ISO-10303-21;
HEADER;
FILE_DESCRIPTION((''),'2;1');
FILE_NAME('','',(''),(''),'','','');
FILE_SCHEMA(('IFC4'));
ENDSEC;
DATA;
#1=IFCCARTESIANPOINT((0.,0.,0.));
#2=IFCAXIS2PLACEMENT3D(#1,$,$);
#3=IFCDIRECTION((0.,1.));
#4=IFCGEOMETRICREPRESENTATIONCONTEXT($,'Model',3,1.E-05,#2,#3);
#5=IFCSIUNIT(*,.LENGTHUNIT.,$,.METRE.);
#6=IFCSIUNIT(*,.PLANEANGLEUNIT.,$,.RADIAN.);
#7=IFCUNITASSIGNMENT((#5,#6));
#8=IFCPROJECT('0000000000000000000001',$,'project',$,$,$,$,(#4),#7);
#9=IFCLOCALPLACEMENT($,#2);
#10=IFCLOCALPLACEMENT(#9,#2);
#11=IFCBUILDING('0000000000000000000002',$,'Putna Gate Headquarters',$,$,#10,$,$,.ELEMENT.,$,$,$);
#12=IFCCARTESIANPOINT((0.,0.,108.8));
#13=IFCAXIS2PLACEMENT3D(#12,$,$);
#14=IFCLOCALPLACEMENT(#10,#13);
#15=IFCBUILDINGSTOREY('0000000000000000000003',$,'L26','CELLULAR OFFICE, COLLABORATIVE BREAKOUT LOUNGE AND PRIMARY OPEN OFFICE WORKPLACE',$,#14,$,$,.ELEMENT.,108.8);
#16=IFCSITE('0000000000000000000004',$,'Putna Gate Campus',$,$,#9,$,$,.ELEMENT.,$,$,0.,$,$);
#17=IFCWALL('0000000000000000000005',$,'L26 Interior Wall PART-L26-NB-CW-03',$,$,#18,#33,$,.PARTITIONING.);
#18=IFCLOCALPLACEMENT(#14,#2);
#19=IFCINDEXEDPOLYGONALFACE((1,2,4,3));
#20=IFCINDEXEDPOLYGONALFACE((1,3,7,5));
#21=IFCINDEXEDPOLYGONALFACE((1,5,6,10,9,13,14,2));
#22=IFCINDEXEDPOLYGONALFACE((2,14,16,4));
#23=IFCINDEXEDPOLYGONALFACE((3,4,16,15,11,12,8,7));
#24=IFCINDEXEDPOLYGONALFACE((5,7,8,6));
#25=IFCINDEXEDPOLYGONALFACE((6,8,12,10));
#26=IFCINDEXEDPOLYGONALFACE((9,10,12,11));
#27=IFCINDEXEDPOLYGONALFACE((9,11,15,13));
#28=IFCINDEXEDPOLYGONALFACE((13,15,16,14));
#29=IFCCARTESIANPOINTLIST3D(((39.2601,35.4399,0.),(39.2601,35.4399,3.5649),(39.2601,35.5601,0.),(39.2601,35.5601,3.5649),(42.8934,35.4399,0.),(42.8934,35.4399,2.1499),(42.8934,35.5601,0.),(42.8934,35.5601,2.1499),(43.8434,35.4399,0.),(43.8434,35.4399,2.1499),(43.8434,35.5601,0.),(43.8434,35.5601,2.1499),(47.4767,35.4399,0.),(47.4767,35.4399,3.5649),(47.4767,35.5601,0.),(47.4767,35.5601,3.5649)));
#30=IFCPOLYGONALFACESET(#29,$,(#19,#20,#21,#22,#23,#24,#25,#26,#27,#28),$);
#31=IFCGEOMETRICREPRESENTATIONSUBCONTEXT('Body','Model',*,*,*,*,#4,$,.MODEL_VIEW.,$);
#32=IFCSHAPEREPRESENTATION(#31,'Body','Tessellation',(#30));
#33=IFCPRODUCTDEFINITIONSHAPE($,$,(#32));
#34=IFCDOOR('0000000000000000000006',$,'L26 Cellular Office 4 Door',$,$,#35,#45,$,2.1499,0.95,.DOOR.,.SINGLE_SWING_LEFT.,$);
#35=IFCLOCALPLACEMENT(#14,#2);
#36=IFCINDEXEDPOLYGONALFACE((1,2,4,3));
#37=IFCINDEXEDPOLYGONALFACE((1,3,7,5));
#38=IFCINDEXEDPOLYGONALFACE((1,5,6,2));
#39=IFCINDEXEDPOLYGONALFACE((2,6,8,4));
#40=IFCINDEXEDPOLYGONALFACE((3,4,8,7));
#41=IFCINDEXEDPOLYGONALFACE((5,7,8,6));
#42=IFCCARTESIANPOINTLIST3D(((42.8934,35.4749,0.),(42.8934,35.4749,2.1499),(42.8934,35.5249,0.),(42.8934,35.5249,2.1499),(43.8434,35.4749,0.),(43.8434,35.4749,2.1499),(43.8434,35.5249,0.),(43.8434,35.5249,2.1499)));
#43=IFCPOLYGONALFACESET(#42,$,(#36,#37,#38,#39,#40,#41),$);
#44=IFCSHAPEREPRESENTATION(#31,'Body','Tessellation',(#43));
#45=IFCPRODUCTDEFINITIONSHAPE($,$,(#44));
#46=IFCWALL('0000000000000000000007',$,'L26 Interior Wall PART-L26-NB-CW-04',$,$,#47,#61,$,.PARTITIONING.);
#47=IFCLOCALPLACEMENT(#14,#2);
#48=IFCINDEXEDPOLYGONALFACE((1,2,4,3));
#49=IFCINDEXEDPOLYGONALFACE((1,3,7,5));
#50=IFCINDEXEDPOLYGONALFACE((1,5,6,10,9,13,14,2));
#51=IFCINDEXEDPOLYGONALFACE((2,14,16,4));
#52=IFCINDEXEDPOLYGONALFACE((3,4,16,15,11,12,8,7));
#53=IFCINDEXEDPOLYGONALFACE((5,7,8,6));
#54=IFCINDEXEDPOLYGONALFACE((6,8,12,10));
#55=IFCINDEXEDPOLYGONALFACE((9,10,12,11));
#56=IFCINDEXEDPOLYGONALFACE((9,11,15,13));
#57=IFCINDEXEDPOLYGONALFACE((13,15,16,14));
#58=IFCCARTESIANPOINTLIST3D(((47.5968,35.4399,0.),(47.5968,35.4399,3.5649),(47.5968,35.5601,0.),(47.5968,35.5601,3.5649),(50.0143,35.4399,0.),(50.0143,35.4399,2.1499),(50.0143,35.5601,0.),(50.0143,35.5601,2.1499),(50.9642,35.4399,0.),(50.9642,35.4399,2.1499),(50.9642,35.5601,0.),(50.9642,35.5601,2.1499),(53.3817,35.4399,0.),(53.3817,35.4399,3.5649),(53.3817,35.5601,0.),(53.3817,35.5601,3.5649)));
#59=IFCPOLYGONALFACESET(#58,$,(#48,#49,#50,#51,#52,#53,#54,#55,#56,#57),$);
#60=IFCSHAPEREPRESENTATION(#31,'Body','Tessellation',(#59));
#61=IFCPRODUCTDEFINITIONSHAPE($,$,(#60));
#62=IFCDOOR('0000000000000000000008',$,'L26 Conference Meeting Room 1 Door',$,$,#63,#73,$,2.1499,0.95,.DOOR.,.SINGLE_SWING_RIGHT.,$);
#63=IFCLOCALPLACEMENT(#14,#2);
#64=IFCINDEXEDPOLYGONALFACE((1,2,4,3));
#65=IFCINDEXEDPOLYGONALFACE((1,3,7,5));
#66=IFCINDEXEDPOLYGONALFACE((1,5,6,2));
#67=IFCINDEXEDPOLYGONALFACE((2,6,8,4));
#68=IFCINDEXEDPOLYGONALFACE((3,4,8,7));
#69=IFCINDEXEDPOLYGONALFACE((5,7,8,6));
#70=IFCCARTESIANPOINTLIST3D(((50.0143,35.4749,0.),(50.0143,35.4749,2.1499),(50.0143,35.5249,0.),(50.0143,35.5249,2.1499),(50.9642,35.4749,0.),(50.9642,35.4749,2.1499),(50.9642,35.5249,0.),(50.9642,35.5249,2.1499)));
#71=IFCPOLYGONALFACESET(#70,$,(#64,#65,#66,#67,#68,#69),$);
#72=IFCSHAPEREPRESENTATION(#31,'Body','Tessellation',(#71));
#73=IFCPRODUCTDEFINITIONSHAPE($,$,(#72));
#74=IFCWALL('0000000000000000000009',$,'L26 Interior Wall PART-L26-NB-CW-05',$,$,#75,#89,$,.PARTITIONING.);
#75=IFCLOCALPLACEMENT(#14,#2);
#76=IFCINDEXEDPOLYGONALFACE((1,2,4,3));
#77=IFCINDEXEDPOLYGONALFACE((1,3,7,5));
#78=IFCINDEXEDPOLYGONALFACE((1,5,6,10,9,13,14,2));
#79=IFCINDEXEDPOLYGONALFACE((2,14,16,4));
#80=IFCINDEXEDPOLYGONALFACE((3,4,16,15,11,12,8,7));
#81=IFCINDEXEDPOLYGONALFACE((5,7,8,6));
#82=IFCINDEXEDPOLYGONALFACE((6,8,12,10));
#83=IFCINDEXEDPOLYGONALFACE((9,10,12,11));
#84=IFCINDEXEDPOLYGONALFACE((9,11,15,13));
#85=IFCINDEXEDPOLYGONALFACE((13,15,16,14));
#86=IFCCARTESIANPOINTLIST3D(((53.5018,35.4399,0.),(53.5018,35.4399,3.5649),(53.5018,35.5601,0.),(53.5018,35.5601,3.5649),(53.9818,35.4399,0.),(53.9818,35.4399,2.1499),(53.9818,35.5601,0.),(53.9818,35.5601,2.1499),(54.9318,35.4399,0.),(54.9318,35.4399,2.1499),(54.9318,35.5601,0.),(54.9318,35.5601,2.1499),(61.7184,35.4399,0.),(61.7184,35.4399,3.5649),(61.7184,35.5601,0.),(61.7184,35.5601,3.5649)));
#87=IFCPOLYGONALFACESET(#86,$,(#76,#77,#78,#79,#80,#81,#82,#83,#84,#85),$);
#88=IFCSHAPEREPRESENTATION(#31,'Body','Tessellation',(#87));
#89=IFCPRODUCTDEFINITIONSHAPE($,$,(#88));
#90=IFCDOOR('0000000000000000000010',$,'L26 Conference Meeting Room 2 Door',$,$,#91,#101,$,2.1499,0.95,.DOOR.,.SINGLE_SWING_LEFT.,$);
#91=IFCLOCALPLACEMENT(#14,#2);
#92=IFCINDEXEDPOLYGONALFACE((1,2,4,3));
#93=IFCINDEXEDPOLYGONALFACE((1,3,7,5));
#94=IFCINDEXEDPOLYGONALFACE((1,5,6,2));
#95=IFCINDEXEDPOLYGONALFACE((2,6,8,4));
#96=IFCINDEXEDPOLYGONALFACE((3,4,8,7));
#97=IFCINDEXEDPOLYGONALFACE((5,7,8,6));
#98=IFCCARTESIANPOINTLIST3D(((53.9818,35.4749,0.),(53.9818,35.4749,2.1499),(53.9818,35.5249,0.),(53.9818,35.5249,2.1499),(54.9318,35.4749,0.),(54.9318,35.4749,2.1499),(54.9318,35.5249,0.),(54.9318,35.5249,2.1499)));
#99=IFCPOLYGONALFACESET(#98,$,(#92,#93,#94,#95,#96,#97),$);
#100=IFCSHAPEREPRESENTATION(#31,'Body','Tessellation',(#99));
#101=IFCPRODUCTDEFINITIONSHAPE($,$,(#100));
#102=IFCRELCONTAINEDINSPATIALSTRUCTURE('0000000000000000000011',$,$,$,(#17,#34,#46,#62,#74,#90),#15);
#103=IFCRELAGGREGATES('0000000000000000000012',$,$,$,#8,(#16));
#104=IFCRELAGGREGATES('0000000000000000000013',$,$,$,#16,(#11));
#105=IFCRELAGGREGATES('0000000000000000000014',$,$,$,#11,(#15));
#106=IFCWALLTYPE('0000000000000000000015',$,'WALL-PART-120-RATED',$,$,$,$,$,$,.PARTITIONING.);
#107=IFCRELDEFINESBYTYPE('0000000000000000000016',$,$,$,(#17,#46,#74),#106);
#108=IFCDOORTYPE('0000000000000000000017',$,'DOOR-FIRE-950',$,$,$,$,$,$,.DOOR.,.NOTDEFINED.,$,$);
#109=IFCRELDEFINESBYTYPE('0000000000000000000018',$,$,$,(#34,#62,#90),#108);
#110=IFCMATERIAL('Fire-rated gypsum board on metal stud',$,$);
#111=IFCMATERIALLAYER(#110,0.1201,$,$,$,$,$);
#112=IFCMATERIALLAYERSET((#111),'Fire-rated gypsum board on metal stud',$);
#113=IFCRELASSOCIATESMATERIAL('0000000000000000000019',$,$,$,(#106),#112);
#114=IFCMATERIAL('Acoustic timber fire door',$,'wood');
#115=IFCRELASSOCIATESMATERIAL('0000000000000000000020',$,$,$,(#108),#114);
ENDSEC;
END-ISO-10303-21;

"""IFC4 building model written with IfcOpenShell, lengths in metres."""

from ifc_helpers import new_model, si_unit, direction, frame, frame_2d, origin, place, context, subcontext, project, spatial, rectangle, extrude, material, layer, layer_set, type_object, element, fill, save


model = new_model("IFC4")

# Units and contexts
model_context = context("Model", 3, precision=1e-05, world=origin(), true_north=direction((0.0, 1.0)))
body_context = subcontext(model_context, "Body", "Model", "MODEL_VIEW")
ifc_project = project(units=[si_unit("LENGTHUNIT", "METRE"), si_unit("PLANEANGLEUNIT", "RADIAN")], contexts=[model_context])

# Site, building, storey
site_placement = place(None, origin())
site = spatial("IfcSite", under=ifc_project, at=site_placement, Name="Putna Gate Campus", CompositionType="ELEMENT", RefElevation=0.0)
building_placement = place(site_placement, origin())
building = spatial("IfcBuilding", under=site, at=building_placement, Name="Putna Gate Headquarters", CompositionType="ELEMENT")
storey_placement = place(building_placement, frame((0.0, 0.0, 108.8)))
storey = spatial("IfcBuildingStorey", under=building, at=storey_placement, Name="L26", Description="CELLULAR OFFICE, COLLABORATIVE BREAKOUT LOUNGE AND PRIMARY OPEN OFFICE WORKPLACE", CompositionType="ELEMENT", Elevation=108.8)

# Walls, openings, doors
ifc_material_1 = material(Name="Fire-rated gypsum board on metal stud")
ifc_layer_1 = layer(ifc_material_1, 0.1201)
ifc_layer_set_1 = layer_set([ifc_layer_1], Name="Fire-rated gypsum board on metal stud")
wall_type_1 = type_object("IfcWallType", Name="WALL-PART-120-RATED", PredefinedType="PARTITIONING", material=ifc_layer_set_1)
wall_1_placement = place(storey_placement, frame((39.26, 35.5, 0.0), z_axis=(0.0, 0.0, 1.0), x_axis=(1.0, 0.0, 0.0)))
wall_1 = element("IfcWall", 1, at=wall_1_placement, inside=storey, type_object=wall_type_1, Name="L26 Interior Wall PART-L26-NB-CW-03", PredefinedType="PARTITIONING", context=body_context, shape_type="SweptSolid", body=[
    extrude(rectangle(XDim=8.2166, YDim=0.1201, at=frame_2d((4.1084, 0.0))), origin(), (0.0, 0.0, 1.0), 3.5649),
])
opening_1_placement = place(wall_1_placement, frame((3.6333, 0.0, 0.0)))
opening_1 = element("IfcOpeningElement", 2, at=opening_1_placement, cuts=wall_1, PredefinedType="OPENING", context=body_context, shape_type="SweptSolid", body=[
    extrude(rectangle(XDim=0.95, YDim=2.1499, at=frame_2d((0.4751, 1.075))), frame((0.0, 0.0701, 0.0), z_axis=(0.0, -1.0, 0.0), x_axis=(1.0, 0.0, 0.0)), (0.0, 0.0, 1.0), 0.1401),
])
ifc_material_2 = material(Name="Acoustic timber fire door", Category="wood")
door_type = type_object("IfcDoorType", Name="DOOR-FIRE-950", OperationType="NOTDEFINED", PredefinedType="DOOR", material=ifc_material_2)
door_1_placement = place(opening_1_placement, origin())
door_1 = element("IfcDoor", 3, at=door_1_placement, inside=storey, type_object=door_type, Name="L26 Cellular Office 4 Door", OperationType="SINGLE_SWING_LEFT", OverallHeight=2.1499, OverallWidth=0.95, PredefinedType="DOOR", context=body_context, shape_type="SweptSolid", body=[
    extrude(rectangle(XDim=0.95, YDim=2.1499, at=frame_2d((0.4751, 1.075))), frame((0.0, 0.0249, 0.0), z_axis=(0.0, -1.0, 0.0), x_axis=(1.0, 0.0, 0.0)), (0.0, 0.0, 1.0), 0.05),
])
fill(opening_1, door_1)
wall_2_placement = place(storey_placement, frame((47.5967, 35.5, 0.0), z_axis=(0.0, 0.0, 1.0), x_axis=(1.0, 0.0, 0.0)))
wall_2 = element("IfcWall", 4, at=wall_2_placement, inside=storey, type_object=wall_type_1, Name="L26 Interior Wall PART-L26-NB-CW-04", PredefinedType="PARTITIONING", context=body_context, shape_type="SweptSolid", body=[
    extrude(rectangle(XDim=5.7849, YDim=0.1201, at=frame_2d((2.8926, 0.0))), origin(), (0.0, 0.0, 1.0), 3.5649),
])
opening_2_placement = place(wall_2_placement, frame((2.4175, 0.0, 0.0)))
opening_2 = element("IfcOpeningElement", 5, at=opening_2_placement, cuts=wall_2, PredefinedType="OPENING", context=body_context, shape_type="SweptSolid", body=[
    extrude(rectangle(XDim=0.95, YDim=2.1499, at=frame_2d((0.4751, 1.075))), frame((0.0, 0.0701, 0.0), z_axis=(0.0, -1.0, 0.0), x_axis=(1.0, 0.0, 0.0)), (0.0, 0.0, 1.0), 0.1401),
])
door_2_placement = place(opening_2_placement, origin())
door_2 = element("IfcDoor", 6, at=door_2_placement, inside=storey, type_object=door_type, Name="L26 Conference Meeting Room 1 Door", OperationType="SINGLE_SWING_RIGHT", OverallHeight=2.1499, OverallWidth=0.95, PredefinedType="DOOR", context=body_context, shape_type="SweptSolid", body=[
    extrude(rectangle(XDim=0.95, YDim=2.1499, at=frame_2d((0.4751, 1.075))), frame((0.0, 0.0249, 0.0), z_axis=(0.0, -1.0, 0.0), x_axis=(1.0, 0.0, 0.0)), (0.0, 0.0, 1.0), 0.05),
])
fill(opening_2, door_2)
wall_3_placement = place(storey_placement, frame((53.5017, 35.5, 0.0), z_axis=(0.0, 0.0, 1.0), x_axis=(1.0, 0.0, 0.0)))
wall_3 = element("IfcWall", 7, at=wall_3_placement, inside=storey, type_object=wall_type_1, Name="L26 Interior Wall PART-L26-NB-CW-05", PredefinedType="PARTITIONING", context=body_context, shape_type="SweptSolid", body=[
    extrude(rectangle(XDim=8.2166, YDim=0.1201, at=frame_2d((4.1084, 0.0))), origin(), (0.0, 0.0, 1.0), 3.5649),
])
opening_3_placement = place(wall_3_placement, frame((0.48, 0.0, 0.0)))
opening_3 = element("IfcOpeningElement", 8, at=opening_3_placement, cuts=wall_3, PredefinedType="OPENING", context=body_context, shape_type="SweptSolid", body=[
    extrude(rectangle(XDim=0.95, YDim=2.1499, at=frame_2d((0.4751, 1.075))), frame((0.0, 0.0701, 0.0), z_axis=(0.0, -1.0, 0.0), x_axis=(1.0, 0.0, 0.0)), (0.0, 0.0, 1.0), 0.1401),
])
door_3_placement = place(opening_3_placement, origin())
door_3 = element("IfcDoor", 9, at=door_3_placement, inside=storey, type_object=door_type, Name="L26 Conference Meeting Room 2 Door", OperationType="SINGLE_SWING_LEFT", OverallHeight=2.1499, OverallWidth=0.95, PredefinedType="DOOR", context=body_context, shape_type="SweptSolid", body=[
    extrude(rectangle(XDim=0.95, YDim=2.1499, at=frame_2d((0.4751, 1.075))), frame((0.0, 0.0249, 0.0), z_axis=(0.0, -1.0, 0.0), x_axis=(1.0, 0.0, 0.0)), (0.0, 0.0, 1.0), 0.05),
])
fill(opening_3, door_3)

save(model, "model.ifc")
